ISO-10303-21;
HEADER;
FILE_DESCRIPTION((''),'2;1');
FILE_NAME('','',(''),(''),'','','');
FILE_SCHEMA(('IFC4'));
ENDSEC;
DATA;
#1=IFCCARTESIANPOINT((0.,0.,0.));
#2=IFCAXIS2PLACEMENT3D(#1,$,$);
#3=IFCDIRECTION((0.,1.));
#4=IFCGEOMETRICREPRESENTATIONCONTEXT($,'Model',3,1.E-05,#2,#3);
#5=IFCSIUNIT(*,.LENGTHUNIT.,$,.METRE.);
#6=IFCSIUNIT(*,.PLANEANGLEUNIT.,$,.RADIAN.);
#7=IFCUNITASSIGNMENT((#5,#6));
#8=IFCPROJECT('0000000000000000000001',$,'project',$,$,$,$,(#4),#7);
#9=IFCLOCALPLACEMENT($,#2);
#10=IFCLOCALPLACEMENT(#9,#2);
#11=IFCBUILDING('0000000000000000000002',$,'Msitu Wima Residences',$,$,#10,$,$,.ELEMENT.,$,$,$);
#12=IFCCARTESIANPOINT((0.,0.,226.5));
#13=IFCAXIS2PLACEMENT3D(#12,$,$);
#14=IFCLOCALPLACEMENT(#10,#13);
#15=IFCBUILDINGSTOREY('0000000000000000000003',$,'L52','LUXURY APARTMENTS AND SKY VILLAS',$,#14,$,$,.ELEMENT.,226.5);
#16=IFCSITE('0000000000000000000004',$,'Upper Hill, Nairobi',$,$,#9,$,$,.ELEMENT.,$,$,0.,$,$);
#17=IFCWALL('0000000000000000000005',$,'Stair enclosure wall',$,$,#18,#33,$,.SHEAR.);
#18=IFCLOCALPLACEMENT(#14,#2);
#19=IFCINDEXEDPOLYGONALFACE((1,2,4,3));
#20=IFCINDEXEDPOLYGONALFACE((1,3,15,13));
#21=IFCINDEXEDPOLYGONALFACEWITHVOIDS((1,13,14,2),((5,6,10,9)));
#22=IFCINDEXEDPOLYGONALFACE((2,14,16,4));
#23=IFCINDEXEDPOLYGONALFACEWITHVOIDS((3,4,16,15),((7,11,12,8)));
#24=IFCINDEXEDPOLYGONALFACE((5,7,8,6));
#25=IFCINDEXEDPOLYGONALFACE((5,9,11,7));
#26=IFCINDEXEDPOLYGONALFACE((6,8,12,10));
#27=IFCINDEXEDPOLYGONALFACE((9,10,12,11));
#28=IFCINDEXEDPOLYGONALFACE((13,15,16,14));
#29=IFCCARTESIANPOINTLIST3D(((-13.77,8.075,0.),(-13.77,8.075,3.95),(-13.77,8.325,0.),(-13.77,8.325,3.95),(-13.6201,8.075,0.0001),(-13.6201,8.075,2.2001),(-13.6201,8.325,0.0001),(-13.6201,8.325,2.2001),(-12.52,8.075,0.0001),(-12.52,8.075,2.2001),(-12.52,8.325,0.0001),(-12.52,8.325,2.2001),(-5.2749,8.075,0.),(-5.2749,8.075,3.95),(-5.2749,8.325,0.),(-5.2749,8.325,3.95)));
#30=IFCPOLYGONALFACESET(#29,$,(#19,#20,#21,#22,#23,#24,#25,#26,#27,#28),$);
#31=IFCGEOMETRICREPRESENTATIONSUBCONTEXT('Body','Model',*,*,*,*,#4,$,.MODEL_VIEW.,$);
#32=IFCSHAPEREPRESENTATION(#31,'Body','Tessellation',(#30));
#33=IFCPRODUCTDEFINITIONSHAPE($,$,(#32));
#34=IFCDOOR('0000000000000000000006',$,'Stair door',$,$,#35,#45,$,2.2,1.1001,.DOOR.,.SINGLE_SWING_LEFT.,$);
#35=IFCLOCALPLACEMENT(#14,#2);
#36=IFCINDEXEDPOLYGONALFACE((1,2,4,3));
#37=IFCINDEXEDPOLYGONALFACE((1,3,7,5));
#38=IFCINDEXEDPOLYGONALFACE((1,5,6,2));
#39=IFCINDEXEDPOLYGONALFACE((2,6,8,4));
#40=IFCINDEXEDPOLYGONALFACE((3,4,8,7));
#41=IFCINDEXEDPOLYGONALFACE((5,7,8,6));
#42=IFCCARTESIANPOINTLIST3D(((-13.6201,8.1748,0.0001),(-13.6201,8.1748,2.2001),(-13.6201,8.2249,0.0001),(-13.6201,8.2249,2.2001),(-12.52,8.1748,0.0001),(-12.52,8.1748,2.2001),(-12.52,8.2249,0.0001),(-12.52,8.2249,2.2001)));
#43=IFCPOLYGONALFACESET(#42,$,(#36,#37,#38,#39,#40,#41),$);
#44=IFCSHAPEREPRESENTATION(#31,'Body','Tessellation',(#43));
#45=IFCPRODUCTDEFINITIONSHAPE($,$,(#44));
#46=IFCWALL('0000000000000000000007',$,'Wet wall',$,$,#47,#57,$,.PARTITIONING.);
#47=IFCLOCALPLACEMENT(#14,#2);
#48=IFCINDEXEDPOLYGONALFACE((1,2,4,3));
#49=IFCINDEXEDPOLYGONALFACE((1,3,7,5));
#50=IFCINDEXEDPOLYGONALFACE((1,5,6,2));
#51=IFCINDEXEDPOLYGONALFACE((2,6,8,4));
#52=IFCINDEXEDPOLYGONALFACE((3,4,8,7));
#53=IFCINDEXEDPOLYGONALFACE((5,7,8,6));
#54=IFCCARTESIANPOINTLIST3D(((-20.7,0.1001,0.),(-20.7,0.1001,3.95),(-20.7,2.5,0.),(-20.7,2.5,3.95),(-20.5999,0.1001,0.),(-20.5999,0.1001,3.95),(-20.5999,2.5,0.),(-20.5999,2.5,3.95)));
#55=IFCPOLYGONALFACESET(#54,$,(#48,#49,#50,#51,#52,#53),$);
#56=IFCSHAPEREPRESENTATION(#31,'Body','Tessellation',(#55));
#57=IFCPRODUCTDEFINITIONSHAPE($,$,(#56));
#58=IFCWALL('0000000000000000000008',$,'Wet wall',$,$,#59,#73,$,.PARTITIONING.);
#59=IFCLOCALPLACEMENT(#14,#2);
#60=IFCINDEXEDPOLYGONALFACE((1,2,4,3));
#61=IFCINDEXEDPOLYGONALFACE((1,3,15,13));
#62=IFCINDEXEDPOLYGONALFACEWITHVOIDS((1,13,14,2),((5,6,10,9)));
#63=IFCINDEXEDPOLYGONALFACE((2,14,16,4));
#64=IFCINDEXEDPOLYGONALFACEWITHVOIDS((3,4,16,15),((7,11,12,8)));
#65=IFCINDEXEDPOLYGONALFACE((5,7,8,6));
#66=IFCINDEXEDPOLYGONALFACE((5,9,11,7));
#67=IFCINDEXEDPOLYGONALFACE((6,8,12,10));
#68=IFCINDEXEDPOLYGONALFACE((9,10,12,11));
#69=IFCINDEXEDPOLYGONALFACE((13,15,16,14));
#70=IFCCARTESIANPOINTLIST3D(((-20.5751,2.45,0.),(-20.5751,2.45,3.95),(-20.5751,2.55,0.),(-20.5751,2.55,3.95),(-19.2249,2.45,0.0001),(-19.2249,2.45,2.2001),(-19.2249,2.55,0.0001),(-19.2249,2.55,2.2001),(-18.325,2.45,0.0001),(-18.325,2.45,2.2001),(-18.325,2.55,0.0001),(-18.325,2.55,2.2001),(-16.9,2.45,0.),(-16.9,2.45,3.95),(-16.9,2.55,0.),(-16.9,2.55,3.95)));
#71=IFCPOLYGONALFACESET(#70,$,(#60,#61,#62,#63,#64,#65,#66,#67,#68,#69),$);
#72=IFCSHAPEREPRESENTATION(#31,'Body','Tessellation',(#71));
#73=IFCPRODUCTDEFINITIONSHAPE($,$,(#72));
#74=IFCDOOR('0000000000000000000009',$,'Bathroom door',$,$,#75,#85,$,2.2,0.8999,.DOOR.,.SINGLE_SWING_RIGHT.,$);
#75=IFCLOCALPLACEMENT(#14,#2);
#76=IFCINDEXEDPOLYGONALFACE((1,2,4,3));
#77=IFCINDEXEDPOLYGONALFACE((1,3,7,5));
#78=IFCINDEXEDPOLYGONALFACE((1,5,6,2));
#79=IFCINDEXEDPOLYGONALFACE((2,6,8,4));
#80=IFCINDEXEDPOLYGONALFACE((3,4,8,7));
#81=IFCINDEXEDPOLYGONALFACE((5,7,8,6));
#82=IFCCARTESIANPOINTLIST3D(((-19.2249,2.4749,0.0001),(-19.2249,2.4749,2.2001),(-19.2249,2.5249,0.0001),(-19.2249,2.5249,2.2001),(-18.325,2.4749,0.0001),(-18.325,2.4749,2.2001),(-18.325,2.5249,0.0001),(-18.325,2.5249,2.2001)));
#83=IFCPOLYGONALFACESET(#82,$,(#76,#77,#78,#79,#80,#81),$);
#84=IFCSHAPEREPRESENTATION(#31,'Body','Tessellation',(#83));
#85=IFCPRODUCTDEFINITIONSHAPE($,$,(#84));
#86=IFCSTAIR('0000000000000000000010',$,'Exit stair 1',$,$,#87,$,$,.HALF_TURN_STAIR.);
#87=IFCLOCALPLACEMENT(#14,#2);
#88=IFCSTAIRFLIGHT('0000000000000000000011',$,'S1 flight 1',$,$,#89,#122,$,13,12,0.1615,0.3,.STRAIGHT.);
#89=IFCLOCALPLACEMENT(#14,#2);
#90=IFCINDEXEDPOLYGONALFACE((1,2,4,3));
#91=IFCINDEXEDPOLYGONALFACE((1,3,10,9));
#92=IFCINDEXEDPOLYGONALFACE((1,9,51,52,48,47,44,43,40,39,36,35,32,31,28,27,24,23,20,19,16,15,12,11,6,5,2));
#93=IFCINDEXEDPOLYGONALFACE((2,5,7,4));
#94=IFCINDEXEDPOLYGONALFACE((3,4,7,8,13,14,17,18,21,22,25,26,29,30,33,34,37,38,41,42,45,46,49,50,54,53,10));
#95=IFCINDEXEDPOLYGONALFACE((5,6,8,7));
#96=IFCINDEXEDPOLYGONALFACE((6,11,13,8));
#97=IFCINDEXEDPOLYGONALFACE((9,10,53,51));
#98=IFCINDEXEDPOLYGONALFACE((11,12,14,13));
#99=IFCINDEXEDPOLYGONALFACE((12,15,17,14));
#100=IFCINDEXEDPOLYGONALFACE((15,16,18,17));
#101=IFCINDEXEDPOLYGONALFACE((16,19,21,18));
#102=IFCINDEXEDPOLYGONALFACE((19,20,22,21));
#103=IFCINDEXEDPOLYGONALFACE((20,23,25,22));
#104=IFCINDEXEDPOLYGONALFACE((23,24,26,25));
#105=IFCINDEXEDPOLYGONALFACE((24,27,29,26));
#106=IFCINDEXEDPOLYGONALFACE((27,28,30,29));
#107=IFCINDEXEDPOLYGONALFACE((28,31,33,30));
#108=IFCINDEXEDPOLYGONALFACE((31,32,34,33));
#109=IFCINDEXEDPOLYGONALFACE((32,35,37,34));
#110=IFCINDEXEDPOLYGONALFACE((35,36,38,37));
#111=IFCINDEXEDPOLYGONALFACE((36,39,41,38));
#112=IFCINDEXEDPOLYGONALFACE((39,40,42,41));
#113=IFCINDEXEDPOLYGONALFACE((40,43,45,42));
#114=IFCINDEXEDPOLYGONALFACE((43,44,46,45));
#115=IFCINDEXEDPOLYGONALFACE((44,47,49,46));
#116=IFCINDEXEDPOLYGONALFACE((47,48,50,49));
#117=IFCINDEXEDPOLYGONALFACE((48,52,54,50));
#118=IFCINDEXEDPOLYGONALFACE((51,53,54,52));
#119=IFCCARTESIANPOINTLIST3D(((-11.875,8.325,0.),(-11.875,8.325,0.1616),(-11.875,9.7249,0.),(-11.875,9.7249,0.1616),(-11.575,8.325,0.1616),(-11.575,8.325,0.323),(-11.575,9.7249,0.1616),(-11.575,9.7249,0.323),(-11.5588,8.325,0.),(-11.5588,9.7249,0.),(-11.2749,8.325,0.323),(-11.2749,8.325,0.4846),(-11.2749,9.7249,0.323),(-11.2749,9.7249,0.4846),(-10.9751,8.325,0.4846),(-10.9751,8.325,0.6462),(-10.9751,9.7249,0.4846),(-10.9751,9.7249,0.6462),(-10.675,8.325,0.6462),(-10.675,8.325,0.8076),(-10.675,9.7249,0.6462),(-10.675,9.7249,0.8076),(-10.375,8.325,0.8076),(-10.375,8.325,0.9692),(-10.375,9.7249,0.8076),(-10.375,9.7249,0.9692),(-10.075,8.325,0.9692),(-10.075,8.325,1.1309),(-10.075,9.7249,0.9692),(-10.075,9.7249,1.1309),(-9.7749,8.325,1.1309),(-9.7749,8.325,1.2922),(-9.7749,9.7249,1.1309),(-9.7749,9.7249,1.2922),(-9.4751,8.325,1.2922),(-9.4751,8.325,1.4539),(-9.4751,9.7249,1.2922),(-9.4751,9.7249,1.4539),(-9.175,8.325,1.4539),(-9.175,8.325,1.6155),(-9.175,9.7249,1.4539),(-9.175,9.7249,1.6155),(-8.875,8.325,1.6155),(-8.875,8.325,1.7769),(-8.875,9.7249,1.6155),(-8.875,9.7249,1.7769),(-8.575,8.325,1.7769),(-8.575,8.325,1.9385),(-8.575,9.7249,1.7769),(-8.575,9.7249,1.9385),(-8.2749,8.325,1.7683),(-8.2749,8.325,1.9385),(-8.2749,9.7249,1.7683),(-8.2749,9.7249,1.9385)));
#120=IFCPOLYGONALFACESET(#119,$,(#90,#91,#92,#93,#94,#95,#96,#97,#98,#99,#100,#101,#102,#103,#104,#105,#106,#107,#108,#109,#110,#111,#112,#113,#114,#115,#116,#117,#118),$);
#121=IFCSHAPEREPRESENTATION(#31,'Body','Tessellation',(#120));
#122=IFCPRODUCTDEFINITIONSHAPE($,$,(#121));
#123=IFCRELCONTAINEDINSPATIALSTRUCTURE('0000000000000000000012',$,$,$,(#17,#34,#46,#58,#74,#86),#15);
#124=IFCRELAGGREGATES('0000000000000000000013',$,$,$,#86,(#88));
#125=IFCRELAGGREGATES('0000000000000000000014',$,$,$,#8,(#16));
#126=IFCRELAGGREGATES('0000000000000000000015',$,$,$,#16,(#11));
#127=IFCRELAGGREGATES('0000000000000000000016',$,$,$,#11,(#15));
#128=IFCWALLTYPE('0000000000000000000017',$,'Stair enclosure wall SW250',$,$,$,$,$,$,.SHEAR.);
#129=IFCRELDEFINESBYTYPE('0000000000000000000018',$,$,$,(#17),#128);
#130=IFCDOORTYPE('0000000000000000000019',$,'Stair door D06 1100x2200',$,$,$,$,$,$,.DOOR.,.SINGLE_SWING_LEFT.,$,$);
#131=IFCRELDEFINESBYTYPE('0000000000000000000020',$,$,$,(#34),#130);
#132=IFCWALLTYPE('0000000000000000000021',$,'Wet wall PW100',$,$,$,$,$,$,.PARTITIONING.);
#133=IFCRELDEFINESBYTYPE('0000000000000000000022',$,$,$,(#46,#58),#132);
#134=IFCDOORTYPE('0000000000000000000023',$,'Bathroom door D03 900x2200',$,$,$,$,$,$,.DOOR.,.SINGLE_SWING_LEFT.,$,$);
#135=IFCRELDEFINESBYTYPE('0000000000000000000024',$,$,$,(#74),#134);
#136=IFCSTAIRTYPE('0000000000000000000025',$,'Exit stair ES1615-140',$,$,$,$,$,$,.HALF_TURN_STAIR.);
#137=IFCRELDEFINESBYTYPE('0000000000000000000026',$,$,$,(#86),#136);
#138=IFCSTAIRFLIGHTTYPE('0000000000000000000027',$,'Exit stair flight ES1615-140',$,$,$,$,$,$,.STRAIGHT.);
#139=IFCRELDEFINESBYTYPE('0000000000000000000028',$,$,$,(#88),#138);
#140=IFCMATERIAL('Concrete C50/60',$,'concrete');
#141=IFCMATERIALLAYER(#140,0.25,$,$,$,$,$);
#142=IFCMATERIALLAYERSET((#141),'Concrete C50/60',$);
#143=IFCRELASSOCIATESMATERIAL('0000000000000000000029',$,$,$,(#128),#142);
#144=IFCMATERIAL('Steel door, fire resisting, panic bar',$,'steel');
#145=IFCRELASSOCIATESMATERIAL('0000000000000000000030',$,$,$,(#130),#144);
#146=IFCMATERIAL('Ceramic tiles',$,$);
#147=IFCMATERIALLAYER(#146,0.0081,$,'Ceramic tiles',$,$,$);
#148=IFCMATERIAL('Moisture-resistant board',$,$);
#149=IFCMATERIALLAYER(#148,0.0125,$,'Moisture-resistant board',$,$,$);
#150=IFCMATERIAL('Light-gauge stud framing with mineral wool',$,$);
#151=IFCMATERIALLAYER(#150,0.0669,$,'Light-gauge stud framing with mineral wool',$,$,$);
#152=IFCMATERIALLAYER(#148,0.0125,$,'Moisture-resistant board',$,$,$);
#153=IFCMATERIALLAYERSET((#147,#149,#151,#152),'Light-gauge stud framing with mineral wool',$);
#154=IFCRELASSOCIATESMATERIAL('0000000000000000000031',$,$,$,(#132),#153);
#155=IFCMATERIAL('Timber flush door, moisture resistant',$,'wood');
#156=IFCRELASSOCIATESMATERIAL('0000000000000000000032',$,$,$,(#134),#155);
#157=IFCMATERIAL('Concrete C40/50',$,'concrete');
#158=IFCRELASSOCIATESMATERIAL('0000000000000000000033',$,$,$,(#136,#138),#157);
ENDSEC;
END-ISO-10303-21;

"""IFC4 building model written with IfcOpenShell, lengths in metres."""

from ifc_helpers import new_model, si_unit, direction, frame, frame_2d, origin, place, context, subcontext, project, spatial, polyline, rectangle, outline, extrude, material, layer, layer_set, type_object, element, fill, aggregate, save


model = new_model("IFC4")

# Units and contexts
model_context = context("Model", 3, precision=1e-05, world=origin(), true_north=direction((0.0, 1.0)))
body_context = subcontext(model_context, "Body", "Model", "MODEL_VIEW")
ifc_project = project(units=[si_unit("LENGTHUNIT", "METRE"), si_unit("PLANEANGLEUNIT", "RADIAN")], contexts=[model_context])

# Site, building, storey
site_placement = place(None, origin())
site = spatial("IfcSite", under=ifc_project, at=site_placement, Name="Upper Hill, Nairobi", CompositionType="ELEMENT", RefElevation=0.0)
building_placement = place(site_placement, origin())
building = spatial("IfcBuilding", under=site, at=building_placement, Name="Msitu Wima Residences", CompositionType="ELEMENT")
storey_placement = place(building_placement, frame((0.0, 0.0, 226.5)))
storey = spatial("IfcBuildingStorey", under=building, at=storey_placement, Name="L52", Description="LUXURY APARTMENTS AND SKY VILLAS", CompositionType="ELEMENT", Elevation=226.5)

# Shared definitions
ifc_material_1 = material(Name="Concrete C50/60", Category="concrete")

# Shared definitions
ifc_material_2 = material(Name="Light-gauge stud framing with mineral wool")

# Wall, opening, door
ifc_layer_1 = layer(ifc_material_1, 0.25)
ifc_layer_set_1 = layer_set([ifc_layer_1], Name="Concrete C50/60")
wall_type_1 = type_object("IfcWallType", Name="Stair enclosure wall SW250", PredefinedType="SHEAR", material=ifc_layer_set_1)
wall_1_placement = place(storey_placement, frame((-13.77, 8.2, 0.0), z_axis=(0.0, 0.0, 1.0), x_axis=(1.0, 0.0, 0.0)))
wall_1 = element("IfcWall", 1, at=wall_1_placement, inside=storey, type_object=wall_type_1, Name="Stair enclosure wall", PredefinedType="SHEAR", context=body_context, shape_type="SweptSolid", body=[
    extrude(rectangle(XDim=8.4951, YDim=0.25, at=frame_2d((4.2476, 0.0))), origin(), (0.0, 0.0, 1.0), 3.95),
])
opening_1_placement = place(wall_1_placement, frame((0.1499, 0.0, 0.0)))
opening_1 = element("IfcOpeningElement", 2, at=opening_1_placement, cuts=wall_1, PredefinedType="OPENING", context=body_context, shape_type="SweptSolid", body=[
    extrude(rectangle(XDim=1.1001, YDim=2.2, at=frame_2d((0.55, 1.1001))), frame((0.0, 0.135, 0.0), z_axis=(0.0, -1.0, 0.0), x_axis=(1.0, 0.0, 0.0)), (0.0, 0.0, 1.0), 0.27),
])
ifc_material_3 = material(Name="Steel door, fire resisting, panic bar", Category="steel")
door_type_1 = type_object("IfcDoorType", Name="Stair door D06 1100x2200", OperationType="SINGLE_SWING_LEFT", PredefinedType="DOOR", material=ifc_material_3)
door_1_placement = place(opening_1_placement, origin())
door_1 = element("IfcDoor", 3, at=door_1_placement, inside=storey, type_object=door_type_1, Name="Stair door", OperationType="SINGLE_SWING_LEFT", OverallHeight=2.2, OverallWidth=1.1001, PredefinedType="DOOR", context=body_context, shape_type="SweptSolid", body=[
    extrude(rectangle(XDim=1.1001, YDim=2.2, at=frame_2d((0.55, 1.1001))), frame((0.0, 0.0249, 0.0), z_axis=(0.0, -1.0, 0.0), x_axis=(1.0, 0.0, 0.0)), (0.0, 0.0, 1.0), 0.05),
])
fill(opening_1, door_1)

# Wall
ifc_material_4 = material(Name="Ceramic tiles")
ifc_layer_2 = layer(ifc_material_4, 0.0081, Name="Ceramic tiles")
ifc_material_5 = material(Name="Moisture-resistant board")
ifc_layer_3 = layer(ifc_material_5, 0.0125, Name="Moisture-resistant board")
ifc_layer_4 = layer(ifc_material_2, 0.0669, Name="Light-gauge stud framing with mineral wool")
ifc_layer_5 = layer(ifc_material_5, 0.0125, Name="Moisture-resistant board")
ifc_layer_set_2 = layer_set([ifc_layer_2, ifc_layer_3, ifc_layer_4, ifc_layer_5], Name="Light-gauge stud framing with mineral wool")
wall_type_2 = type_object("IfcWallType", Name="Wet wall PW100", PredefinedType="PARTITIONING", material=ifc_layer_set_2)
wall_2_placement = place(storey_placement, frame((-20.6499, 0.1001, 0.0), z_axis=(0.0, 0.0, 1.0), x_axis=(0.0, 1.0, 0.0)))
element("IfcWall", 4, at=wall_2_placement, inside=storey, type_object=wall_type_2, Name="Wet wall", PredefinedType="PARTITIONING", context=body_context, shape_type="SweptSolid", body=[
    extrude(rectangle(XDim=2.3999, YDim=0.1001, at=frame_2d((1.2, 0.0))), origin(), (0.0, 0.0, 1.0), 3.95),
])

# Wall, opening, door
wall_3_placement = place(storey_placement, frame((-20.575, 2.5, 0.0), z_axis=(0.0, 0.0, 1.0), x_axis=(1.0, 0.0, 0.0)))
wall_3 = element("IfcWall", 5, at=wall_3_placement, inside=storey, type_object=wall_type_2, Name="Wet wall", PredefinedType="PARTITIONING", context=body_context, shape_type="SweptSolid", body=[
    extrude(rectangle(XDim=3.675, YDim=0.1001, at=frame_2d((1.8374, 0.0))), origin(), (0.0, 0.0, 1.0), 3.95),
])
opening_2_placement = place(wall_3_placement, frame((1.3501, 0.0, 0.0)))
opening_2 = element("IfcOpeningElement", 6, at=opening_2_placement, cuts=wall_3, PredefinedType="OPENING", context=body_context, shape_type="SweptSolid", body=[
    extrude(rectangle(XDim=0.8999, YDim=2.2, at=frame_2d((0.45, 1.1001))), frame((0.0, 0.0601, 0.0), z_axis=(0.0, -1.0, 0.0), x_axis=(1.0, 0.0, 0.0)), (0.0, 0.0, 1.0), 0.1201),
])
ifc_material_6 = material(Name="Timber flush door, moisture resistant", Category="wood")
door_type_2 = type_object("IfcDoorType", Name="Bathroom door D03 900x2200", OperationType="SINGLE_SWING_LEFT", PredefinedType="DOOR", material=ifc_material_6)
door_2_placement = place(opening_2_placement, origin())
door_2 = element("IfcDoor", 7, at=door_2_placement, inside=storey, type_object=door_type_2, Name="Bathroom door", OperationType="SINGLE_SWING_RIGHT", OverallHeight=2.2, OverallWidth=0.8999, PredefinedType="DOOR", context=body_context, shape_type="SweptSolid", body=[
    extrude(rectangle(XDim=0.8999, YDim=2.2, at=frame_2d((0.45, 1.1001))), frame((0.0, 0.0249, 0.0), z_axis=(0.0, -1.0, 0.0), x_axis=(1.0, 0.0, 0.0)), (0.0, 0.0, 1.0), 0.05),
])
fill(opening_2, door_2)

# Stair, stair flight
ifc_material_7 = material(Name="Concrete C40/50", Category="concrete")
stair_type = type_object("IfcStairType", Name="Exit stair ES1615-140", PredefinedType="HALF_TURN_STAIR", material=ifc_material_7)
stair_placement = place(storey_placement, origin())
stair = element("IfcStair", 8, at=stair_placement, inside=storey, type_object=stair_type, Name="Exit stair 1", PredefinedType="HALF_TURN_STAIR")
stair_flight_type = type_object("IfcStairFlightType", Name="Exit stair flight ES1615-140", PredefinedType="STRAIGHT", material=ifc_material_7)
stair_flight_placement = place(storey_placement, frame((-11.875, 9.0249, 0.0), z_axis=(0.0, 0.0, 1.0), x_axis=(1.0, 0.0, 0.0)))
stair_flight = element("IfcStairFlight", 9, at=stair_flight_placement, type_object=stair_flight_type, Name="S1 flight 1", NumberOfRisers=13, NumberOfTreads=12, PredefinedType="STRAIGHT", RiserHeight=0.1615, TreadLength=0.3, context=body_context, shape_type="SweptSolid", body=[
    extrude(outline(polyline([(0.0, 0.0), (0.0, 0.1616), (0.3, 0.1616), (0.3, 0.323), (0.6001, 0.323), (0.6001, 0.4846), (0.8999, 0.4846), (0.8999, 0.6462), (1.2, 0.6462), (1.2, 0.8076), (1.5, 0.8076), (1.5, 0.9692), (1.8, 0.9692), (1.8, 1.1309), (2.1001, 1.1309), (2.1001, 1.2922), (2.3999, 1.2922), (2.3999, 1.4539), (2.7, 1.4539), (2.7, 1.6155), (3.0, 1.6155), (3.0, 1.7769), (3.3, 1.7769), (3.3, 1.9385), (3.6001, 1.9385), (3.6001, 2.1001), (3.6001, 1.7683), (0.3162, 0.0), (0.0, 0.0)])), frame((0.0, 0.7, 0.0), z_axis=(0.0, -1.0, 0.0), x_axis=(1.0, 0.0, 0.0)), (0.0, 0.0, 1.0), 1.3999),
])
aggregate(stair, [stair_flight])

save(model, "model.ifc")
